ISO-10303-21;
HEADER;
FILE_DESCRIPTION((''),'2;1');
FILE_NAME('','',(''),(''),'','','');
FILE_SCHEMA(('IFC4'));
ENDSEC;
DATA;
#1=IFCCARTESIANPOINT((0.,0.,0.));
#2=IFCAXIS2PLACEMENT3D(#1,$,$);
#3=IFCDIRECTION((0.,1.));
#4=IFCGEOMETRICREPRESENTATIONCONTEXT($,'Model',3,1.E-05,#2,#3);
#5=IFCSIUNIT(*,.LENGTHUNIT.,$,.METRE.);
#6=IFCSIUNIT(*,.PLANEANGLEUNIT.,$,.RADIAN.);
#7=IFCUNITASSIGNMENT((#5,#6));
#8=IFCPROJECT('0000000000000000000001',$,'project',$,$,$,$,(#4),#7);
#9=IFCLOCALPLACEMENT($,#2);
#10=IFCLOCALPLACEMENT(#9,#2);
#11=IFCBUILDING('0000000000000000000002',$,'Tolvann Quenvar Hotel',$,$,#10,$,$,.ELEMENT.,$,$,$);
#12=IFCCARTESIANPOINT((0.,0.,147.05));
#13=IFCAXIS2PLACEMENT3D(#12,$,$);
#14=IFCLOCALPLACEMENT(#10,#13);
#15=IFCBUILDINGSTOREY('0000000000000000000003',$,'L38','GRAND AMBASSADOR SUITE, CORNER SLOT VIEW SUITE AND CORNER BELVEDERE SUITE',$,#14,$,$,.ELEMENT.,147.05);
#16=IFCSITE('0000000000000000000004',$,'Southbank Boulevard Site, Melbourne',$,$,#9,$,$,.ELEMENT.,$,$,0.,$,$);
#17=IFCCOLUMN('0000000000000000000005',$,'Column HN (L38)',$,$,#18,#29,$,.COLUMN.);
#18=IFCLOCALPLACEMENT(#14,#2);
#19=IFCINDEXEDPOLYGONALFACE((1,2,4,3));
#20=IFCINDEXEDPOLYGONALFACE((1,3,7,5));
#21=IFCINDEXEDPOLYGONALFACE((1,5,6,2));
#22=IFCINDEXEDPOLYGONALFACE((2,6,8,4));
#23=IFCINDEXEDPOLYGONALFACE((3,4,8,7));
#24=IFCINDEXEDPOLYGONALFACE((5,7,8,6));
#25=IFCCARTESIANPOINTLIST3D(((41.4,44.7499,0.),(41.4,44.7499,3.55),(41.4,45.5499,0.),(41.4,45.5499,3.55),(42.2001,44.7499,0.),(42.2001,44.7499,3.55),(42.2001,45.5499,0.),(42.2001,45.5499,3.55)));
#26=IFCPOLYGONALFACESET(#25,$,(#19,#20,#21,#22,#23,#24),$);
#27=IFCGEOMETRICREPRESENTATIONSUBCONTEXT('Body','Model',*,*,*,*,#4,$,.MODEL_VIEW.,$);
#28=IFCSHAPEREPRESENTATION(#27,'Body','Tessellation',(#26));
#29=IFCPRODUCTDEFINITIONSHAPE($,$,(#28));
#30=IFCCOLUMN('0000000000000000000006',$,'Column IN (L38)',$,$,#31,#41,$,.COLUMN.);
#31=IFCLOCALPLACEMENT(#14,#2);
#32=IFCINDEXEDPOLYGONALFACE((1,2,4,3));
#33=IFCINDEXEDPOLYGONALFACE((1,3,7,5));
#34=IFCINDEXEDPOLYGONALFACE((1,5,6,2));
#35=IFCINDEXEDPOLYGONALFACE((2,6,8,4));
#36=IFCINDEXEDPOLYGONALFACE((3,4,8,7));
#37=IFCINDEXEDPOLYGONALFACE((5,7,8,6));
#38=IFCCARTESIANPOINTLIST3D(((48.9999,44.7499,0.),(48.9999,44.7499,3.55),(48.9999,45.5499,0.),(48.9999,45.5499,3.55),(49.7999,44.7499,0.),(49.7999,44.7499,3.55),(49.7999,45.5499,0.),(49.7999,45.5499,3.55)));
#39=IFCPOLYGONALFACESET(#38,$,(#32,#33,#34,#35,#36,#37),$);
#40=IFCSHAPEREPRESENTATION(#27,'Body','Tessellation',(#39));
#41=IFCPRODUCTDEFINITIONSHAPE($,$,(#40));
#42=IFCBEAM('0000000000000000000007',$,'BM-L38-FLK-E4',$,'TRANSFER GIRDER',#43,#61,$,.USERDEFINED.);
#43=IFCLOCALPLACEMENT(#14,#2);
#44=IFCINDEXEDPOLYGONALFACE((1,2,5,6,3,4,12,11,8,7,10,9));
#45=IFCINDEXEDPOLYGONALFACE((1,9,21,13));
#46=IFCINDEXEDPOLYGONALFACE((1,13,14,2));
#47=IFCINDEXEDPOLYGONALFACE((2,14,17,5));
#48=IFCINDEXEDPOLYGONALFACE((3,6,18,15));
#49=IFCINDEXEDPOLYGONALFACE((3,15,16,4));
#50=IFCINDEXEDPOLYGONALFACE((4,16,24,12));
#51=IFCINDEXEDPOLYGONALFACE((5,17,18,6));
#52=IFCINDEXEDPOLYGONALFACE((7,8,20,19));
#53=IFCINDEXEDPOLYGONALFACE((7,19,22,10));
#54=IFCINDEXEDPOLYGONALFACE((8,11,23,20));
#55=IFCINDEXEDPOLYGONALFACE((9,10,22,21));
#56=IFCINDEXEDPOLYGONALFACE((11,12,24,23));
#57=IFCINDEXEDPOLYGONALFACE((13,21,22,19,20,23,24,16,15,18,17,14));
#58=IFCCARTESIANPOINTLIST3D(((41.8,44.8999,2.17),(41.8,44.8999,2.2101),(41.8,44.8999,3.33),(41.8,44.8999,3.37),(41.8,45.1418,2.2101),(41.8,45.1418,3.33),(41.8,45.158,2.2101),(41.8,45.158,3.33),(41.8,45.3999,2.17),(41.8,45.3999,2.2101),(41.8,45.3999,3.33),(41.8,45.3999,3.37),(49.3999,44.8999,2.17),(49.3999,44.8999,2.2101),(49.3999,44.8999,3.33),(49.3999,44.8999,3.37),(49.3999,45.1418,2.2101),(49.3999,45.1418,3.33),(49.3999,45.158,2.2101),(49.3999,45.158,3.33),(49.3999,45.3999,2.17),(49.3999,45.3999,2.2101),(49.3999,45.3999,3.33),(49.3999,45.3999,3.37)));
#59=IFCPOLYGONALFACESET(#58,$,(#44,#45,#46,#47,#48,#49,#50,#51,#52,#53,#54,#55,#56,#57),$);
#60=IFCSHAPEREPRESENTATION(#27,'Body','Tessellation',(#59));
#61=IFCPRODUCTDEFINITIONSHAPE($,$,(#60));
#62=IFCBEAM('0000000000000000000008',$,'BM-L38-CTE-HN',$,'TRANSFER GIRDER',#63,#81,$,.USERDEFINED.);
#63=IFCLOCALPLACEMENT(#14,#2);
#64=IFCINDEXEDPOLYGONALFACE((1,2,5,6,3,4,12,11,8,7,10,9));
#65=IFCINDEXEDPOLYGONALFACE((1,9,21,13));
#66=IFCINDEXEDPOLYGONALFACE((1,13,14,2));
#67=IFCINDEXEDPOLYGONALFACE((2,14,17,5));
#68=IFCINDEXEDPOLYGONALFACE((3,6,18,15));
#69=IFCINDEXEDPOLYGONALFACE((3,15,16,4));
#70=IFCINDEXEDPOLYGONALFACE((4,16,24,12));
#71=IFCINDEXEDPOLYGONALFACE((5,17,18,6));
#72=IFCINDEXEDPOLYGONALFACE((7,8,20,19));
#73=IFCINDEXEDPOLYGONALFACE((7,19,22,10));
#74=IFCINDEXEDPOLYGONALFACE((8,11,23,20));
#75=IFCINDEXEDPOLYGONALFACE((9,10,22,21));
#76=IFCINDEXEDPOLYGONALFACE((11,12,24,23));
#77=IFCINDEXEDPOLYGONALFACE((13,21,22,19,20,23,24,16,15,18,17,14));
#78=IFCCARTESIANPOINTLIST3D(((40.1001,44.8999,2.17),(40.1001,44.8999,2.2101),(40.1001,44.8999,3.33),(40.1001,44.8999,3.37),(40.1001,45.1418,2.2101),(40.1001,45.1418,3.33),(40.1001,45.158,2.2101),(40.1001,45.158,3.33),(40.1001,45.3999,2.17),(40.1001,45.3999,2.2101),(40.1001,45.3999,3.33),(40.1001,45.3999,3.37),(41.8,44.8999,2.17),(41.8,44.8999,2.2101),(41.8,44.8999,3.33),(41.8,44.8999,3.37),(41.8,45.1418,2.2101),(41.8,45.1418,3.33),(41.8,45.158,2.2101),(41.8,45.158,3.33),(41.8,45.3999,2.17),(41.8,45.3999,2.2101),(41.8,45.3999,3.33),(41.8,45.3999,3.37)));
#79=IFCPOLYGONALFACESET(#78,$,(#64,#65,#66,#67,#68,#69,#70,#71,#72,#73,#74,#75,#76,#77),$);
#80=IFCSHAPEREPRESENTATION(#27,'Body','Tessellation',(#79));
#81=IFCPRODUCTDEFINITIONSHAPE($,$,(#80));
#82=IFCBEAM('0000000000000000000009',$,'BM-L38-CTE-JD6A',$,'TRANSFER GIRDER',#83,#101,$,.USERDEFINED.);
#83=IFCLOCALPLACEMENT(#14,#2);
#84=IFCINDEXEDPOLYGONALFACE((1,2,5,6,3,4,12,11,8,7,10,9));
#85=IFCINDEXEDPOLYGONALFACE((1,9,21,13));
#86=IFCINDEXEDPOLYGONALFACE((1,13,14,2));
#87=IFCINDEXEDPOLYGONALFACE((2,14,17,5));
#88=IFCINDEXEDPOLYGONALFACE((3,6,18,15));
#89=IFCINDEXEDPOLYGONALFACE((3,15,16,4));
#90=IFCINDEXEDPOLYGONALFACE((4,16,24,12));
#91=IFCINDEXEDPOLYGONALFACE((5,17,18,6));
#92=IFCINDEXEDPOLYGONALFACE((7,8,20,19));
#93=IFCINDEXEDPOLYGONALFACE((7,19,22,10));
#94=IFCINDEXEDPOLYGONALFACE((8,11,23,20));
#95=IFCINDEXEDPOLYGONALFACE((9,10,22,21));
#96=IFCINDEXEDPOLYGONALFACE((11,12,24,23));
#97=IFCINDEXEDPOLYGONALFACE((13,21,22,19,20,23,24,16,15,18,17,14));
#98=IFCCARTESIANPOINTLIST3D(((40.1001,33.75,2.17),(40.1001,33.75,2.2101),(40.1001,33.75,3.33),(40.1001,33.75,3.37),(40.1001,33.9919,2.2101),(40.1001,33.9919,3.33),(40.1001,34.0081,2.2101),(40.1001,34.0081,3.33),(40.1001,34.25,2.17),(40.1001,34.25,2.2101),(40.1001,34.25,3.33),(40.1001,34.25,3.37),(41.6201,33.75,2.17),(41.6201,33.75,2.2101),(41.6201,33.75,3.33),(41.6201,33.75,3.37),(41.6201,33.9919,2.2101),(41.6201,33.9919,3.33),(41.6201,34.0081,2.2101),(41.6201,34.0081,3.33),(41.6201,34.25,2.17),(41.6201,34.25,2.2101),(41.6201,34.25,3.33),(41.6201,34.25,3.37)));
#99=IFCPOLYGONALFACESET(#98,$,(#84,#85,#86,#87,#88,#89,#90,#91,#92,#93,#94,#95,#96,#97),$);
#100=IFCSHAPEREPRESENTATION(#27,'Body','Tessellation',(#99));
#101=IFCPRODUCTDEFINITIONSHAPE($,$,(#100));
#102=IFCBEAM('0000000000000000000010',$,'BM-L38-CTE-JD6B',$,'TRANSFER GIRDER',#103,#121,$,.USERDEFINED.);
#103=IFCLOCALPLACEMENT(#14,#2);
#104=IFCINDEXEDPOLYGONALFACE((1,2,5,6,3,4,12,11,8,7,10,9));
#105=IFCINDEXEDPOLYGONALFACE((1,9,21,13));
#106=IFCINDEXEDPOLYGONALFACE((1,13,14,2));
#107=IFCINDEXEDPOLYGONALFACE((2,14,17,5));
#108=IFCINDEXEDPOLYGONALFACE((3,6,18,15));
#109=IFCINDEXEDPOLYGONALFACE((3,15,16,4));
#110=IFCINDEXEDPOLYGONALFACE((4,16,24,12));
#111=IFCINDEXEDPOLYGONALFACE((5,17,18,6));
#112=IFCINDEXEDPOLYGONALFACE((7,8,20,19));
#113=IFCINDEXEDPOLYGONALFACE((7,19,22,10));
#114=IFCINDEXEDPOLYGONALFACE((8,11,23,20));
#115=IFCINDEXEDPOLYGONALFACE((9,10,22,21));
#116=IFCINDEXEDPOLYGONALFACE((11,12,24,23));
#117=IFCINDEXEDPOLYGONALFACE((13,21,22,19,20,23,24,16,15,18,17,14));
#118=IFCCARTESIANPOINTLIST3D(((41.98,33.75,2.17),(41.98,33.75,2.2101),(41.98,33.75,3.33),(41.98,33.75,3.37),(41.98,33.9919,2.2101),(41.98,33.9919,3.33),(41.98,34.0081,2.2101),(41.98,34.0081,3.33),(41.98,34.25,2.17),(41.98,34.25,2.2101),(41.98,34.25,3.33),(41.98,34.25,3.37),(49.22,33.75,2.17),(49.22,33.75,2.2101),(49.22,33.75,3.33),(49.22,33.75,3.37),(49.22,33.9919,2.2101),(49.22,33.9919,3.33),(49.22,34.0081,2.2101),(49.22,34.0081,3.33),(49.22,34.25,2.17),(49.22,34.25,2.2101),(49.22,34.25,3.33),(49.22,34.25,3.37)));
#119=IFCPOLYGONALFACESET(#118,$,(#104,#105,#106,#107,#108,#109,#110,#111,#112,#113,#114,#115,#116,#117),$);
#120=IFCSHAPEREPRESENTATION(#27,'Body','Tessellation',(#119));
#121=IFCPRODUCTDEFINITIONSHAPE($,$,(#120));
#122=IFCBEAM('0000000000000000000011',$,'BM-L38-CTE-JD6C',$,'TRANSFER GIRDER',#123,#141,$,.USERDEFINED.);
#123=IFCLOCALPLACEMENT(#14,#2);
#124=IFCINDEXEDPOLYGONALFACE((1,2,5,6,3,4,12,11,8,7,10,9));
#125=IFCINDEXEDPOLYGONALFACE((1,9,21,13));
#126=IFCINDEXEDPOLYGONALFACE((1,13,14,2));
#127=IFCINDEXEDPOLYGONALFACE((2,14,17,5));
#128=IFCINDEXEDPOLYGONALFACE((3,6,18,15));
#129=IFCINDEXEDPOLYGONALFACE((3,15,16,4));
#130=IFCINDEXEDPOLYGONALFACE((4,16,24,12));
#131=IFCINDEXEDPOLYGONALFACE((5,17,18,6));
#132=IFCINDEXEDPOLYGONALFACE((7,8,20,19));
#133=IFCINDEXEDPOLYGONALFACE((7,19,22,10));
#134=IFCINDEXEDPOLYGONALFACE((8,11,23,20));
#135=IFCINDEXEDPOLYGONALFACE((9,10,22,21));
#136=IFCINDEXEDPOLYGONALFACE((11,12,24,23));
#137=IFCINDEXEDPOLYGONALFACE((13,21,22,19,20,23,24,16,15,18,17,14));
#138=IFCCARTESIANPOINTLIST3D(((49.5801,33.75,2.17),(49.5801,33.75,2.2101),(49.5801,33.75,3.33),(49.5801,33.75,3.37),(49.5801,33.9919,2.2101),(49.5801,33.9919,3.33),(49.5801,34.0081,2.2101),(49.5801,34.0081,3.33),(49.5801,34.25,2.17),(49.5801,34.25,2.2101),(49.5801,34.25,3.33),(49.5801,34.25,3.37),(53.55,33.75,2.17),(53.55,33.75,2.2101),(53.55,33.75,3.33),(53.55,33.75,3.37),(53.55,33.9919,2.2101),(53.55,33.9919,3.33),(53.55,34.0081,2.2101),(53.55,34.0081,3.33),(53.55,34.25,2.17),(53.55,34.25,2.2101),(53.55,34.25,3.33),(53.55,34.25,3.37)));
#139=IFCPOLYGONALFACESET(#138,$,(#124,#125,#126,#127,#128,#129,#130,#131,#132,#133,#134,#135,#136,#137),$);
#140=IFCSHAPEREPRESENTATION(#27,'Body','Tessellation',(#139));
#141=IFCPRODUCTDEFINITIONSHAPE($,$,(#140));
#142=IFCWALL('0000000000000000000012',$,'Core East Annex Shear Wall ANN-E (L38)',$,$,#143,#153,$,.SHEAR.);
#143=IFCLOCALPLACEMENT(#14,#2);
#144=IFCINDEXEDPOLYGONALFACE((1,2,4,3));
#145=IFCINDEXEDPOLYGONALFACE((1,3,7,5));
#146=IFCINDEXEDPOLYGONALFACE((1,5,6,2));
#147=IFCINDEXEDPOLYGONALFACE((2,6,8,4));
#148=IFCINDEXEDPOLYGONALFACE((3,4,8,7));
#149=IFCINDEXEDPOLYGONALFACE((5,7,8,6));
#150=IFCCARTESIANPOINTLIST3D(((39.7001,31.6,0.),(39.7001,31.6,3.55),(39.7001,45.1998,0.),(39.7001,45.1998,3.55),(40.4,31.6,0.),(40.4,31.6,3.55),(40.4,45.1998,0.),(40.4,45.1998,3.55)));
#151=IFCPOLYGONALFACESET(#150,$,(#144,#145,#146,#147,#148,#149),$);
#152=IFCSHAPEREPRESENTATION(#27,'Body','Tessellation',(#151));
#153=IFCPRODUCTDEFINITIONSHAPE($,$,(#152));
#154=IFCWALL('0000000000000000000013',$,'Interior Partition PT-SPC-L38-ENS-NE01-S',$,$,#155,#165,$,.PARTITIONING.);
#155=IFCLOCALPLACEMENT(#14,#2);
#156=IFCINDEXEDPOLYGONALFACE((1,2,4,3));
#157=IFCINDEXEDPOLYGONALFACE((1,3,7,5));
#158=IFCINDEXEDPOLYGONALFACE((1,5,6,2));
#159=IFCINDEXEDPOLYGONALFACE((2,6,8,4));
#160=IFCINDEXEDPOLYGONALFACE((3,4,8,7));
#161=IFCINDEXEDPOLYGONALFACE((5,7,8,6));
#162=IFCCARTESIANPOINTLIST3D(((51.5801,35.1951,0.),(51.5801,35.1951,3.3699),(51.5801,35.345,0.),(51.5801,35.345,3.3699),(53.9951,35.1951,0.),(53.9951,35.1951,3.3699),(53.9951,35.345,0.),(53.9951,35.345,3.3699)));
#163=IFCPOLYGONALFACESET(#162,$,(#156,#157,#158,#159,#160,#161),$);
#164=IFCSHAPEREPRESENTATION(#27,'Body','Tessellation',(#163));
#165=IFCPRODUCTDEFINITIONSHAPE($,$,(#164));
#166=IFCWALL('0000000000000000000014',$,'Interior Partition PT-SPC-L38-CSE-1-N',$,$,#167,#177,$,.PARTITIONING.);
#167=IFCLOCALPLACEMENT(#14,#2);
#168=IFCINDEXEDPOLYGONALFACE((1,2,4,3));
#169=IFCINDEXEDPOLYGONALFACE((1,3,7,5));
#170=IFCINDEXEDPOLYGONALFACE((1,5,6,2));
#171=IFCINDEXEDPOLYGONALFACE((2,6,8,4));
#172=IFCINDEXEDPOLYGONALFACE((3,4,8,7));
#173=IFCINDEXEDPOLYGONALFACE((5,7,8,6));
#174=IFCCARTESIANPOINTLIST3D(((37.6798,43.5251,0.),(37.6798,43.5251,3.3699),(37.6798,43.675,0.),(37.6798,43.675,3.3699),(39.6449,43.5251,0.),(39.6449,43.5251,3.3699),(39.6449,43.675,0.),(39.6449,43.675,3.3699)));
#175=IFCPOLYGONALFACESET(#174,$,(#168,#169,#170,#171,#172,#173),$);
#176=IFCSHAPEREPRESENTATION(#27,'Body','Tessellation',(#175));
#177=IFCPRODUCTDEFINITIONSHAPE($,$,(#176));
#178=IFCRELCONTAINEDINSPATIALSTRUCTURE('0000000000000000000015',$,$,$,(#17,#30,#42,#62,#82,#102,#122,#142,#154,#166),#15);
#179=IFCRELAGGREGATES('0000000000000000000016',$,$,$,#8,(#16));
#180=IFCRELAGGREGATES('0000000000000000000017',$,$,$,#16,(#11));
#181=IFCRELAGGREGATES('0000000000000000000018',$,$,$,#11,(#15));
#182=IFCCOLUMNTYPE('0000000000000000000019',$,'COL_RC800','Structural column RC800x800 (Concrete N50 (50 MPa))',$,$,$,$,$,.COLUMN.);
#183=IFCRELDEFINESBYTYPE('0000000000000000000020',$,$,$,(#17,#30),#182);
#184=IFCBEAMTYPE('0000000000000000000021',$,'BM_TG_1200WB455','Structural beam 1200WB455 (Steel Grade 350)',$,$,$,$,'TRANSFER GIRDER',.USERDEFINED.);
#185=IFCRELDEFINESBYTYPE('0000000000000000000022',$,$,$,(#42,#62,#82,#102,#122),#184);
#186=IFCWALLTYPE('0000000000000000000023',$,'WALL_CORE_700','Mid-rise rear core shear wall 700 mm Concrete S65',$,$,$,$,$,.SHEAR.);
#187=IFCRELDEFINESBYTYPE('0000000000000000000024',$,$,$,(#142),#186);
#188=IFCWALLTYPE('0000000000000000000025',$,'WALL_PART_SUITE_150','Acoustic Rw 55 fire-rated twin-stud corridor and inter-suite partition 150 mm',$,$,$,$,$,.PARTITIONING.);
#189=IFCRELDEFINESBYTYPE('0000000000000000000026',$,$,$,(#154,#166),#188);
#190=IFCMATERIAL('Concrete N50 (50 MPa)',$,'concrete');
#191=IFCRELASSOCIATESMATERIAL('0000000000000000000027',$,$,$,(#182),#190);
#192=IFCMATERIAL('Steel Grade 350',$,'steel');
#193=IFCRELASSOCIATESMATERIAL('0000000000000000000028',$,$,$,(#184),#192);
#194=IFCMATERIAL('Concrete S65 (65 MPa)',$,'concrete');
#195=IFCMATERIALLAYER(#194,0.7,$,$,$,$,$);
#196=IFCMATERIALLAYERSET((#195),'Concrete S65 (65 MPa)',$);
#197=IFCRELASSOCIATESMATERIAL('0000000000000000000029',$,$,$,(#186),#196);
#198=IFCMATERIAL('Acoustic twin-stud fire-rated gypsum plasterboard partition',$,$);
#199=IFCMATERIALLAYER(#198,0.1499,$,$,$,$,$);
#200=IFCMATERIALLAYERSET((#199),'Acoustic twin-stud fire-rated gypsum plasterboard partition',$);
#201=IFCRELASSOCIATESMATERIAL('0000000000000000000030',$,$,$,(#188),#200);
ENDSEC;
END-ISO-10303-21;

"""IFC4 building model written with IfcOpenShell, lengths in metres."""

from ifc_helpers import new_model, si_unit, direction, frame, frame_2d, origin, origin_2d, place, context, subcontext, project, spatial, rectangle, i_section, extrude, source, transform, mapped, material, layer, layer_set, material_profile, profile_set, type_object, type_shapes, element, save


model = new_model("IFC4")

# Units and contexts
model_context = context("Model", 3, precision=1e-05, world=origin(), true_north=direction((0.0, 1.0)))
body_context = subcontext(model_context, "Body", "Model", "MODEL_VIEW")
ifc_project = project(units=[si_unit("LENGTHUNIT", "METRE"), si_unit("PLANEANGLEUNIT", "RADIAN")], contexts=[model_context])

# Site, building, storey
site_placement = place(None, origin())
site = spatial("IfcSite", under=ifc_project, at=site_placement, Name="Southbank Boulevard Site, Melbourne", CompositionType="ELEMENT", RefElevation=0.0)
building_placement = place(site_placement, origin())
building = spatial("IfcBuilding", under=site, at=building_placement, Name="Tolvann Quenvar Hotel", CompositionType="ELEMENT")
storey_placement = place(building_placement, frame((0.0, 0.0, 147.05)))
storey = spatial("IfcBuildingStorey", under=building, at=storey_placement, Name="L38", Description="GRAND AMBASSADOR SUITE, CORNER SLOT VIEW SUITE AND CORNER BELVEDERE SUITE", CompositionType="ELEMENT", Elevation=147.05)

# Columns
ifc_material_1 = material(Name="Concrete N50 (50 MPa)", Category="concrete")
ifc_material_profile_1 = material_profile(ifc_material_1, rectangle(XDim=0.8, YDim=0.8, at=origin_2d()), Name="RC800x800")
ifc_profile_set_1 = profile_set([ifc_material_profile_1], Name="Concrete N50 (50 MPa)")
column_type = type_object("IfcColumnType", Name="COL_RC800", Description="Structural column RC800x800 (Concrete N50 (50 MPa))", PredefinedType="COLUMN", material=ifc_profile_set_1)
shared_shape_1 = source(origin(), body_context, "Body", "SweptSolid", [
    extrude(rectangle(XDim=0.8, YDim=0.8, at=origin_2d()), origin(), (0.0, 0.0, 1.0), 3.55),
])
type_shapes(column_type, [shared_shape_1])
for number, where, z_axis, x_axis, name in (
    (1, (41.8, 45.1499, 0.0), (0.0, 0.0, 1.0), (1.0, 0.0, 0.0), "Column HN (L38)"),
    (2, (49.3999, 45.1499, 0.0), (0.0, 0.0, 1.0), (1.0, 0.0, 0.0), "Column IN (L38)"),
):
    element("IfcColumn", number, at=place(storey_placement, frame(where, z_axis=z_axis, x_axis=x_axis)), inside=storey, type_object=column_type, Name=name, PredefinedType="COLUMN", context=body_context, shape_type="MappedRepresentation", body=[
        mapped(shared_shape_1, transform((0.0, 0.0, 0.0), x_axis=(1.0, 0.0, 0.0), y_axis=(0.0, 1.0, 0.0), z_axis=(0.0, 0.0, 1.0), scale=1.0)),
    ])

# Beams
ifc_material_2 = material(Name="Steel Grade 350", Category="steel")
ifc_material_profile_2 = material_profile(ifc_material_2, i_section(OverallWidth=0.5, OverallDepth=1.2, WebThickness=0.0161, FlangeThickness=0.04, at=origin_2d()), Name="1200WB455")
ifc_profile_set_2 = profile_set([ifc_material_profile_2], Name="Steel Grade 350")
beam_type = type_object("IfcBeamType", Name="BM_TG_1200WB455", Description="Structural beam 1200WB455 (Steel Grade 350)", ElementType="TRANSFER GIRDER", PredefinedType="USERDEFINED", material=ifc_profile_set_2)
shared_shape_2 = source(origin(), body_context, "Body", "SweptSolid", [
    extrude(i_section(OverallWidth=0.5, OverallDepth=1.2, WebThickness=0.0161, FlangeThickness=0.04, at=origin_2d()), origin(), (0.0, 0.0, 1.0), 7.5999),
])
beam_1_placement = place(storey_placement, frame((49.3999, 45.1499, 2.77), z_axis=(-1.0, 0.0, 0.0), x_axis=(0.0, -1.0, 0.0)))
element("IfcBeam", 3, at=beam_1_placement, inside=storey, type_object=beam_type, Name="BM-L38-FLK-E4", ObjectType="TRANSFER GIRDER", PredefinedType="USERDEFINED", context=body_context, shape_type="MappedRepresentation", body=[
    mapped(shared_shape_2, transform((0.0, 0.0, 0.0), x_axis=(1.0, 0.0, 0.0), y_axis=(0.0, 1.0, 0.0), z_axis=(0.0, 0.0, 1.0), scale=1.0)),
])
shared_shape_3 = source(origin(), body_context, "Body", "SweptSolid", [
    extrude(i_section(OverallWidth=0.5, OverallDepth=1.2, WebThickness=0.0161, FlangeThickness=0.04, at=origin_2d()), origin(), (0.0, 0.0, 1.0), 1.7),
])
beam_2_placement = place(storey_placement, frame((40.1001, 45.1499, 2.77), z_axis=(1.0, 0.0, 0.0), x_axis=(0.0, 1.0, 0.0)))
element("IfcBeam", 4, at=beam_2_placement, inside=storey, type_object=beam_type, Name="BM-L38-CTE-HN", ObjectType="TRANSFER GIRDER", PredefinedType="USERDEFINED", context=body_context, shape_type="MappedRepresentation", body=[
    mapped(shared_shape_3, transform((0.0, 0.0, 0.0), x_axis=(1.0, 0.0, 0.0), y_axis=(0.0, 1.0, 0.0), z_axis=(0.0, 0.0, 1.0), scale=1.0)),
])
shared_shape_4 = source(origin(), body_context, "Body", "SweptSolid", [
    extrude(i_section(OverallWidth=0.5, OverallDepth=1.2, WebThickness=0.0161, FlangeThickness=0.04, at=origin_2d()), origin(), (0.0, 0.0, 1.0), 1.52),
])
beam_3_placement = place(storey_placement, frame((40.1001, 34.0, 2.77), z_axis=(1.0, 0.0, 0.0), x_axis=(0.0, 1.0, 0.0)))
element("IfcBeam", 5, at=beam_3_placement, inside=storey, type_object=beam_type, Name="BM-L38-CTE-JD6A", ObjectType="TRANSFER GIRDER", PredefinedType="USERDEFINED", context=body_context, shape_type="MappedRepresentation", body=[
    mapped(shared_shape_4, transform((0.0, 0.0, 0.0), x_axis=(1.0, 0.0, 0.0), y_axis=(0.0, 1.0, 0.0), z_axis=(0.0, 0.0, 1.0), scale=1.0)),
])
shared_shape_5 = source(origin(), body_context, "Body", "SweptSolid", [
    extrude(i_section(OverallWidth=0.5, OverallDepth=1.2, WebThickness=0.0161, FlangeThickness=0.04, at=origin_2d()), origin(), (0.0, 0.0, 1.0), 7.24),
])
beam_4_placement = place(storey_placement, frame((41.98, 34.0, 2.77), z_axis=(1.0, 0.0, 0.0), x_axis=(0.0, 1.0, 0.0)))
element("IfcBeam", 6, at=beam_4_placement, inside=storey, type_object=beam_type, Name="BM-L38-CTE-JD6B", ObjectType="TRANSFER GIRDER", PredefinedType="USERDEFINED", context=body_context, shape_type="MappedRepresentation", body=[
    mapped(shared_shape_5, transform((0.0, 0.0, 0.0), x_axis=(1.0, 0.0, 0.0), y_axis=(0.0, 1.0, 0.0), z_axis=(0.0, 0.0, 1.0), scale=1.0)),
])
shared_shape_6 = source(origin(), body_context, "Body", "SweptSolid", [
    extrude(i_section(OverallWidth=0.5, OverallDepth=1.2, WebThickness=0.0161, FlangeThickness=0.04, at=origin_2d()), origin(), (0.0, 0.0, 1.0), 3.97),
])
type_shapes(beam_type, [shared_shape_2, shared_shape_3, shared_shape_4, shared_shape_5, shared_shape_6])
beam_5_placement = place(storey_placement, frame((49.5801, 34.0, 2.77), z_axis=(1.0, 0.0, 0.0), x_axis=(0.0, 1.0, 0.0)))
element("IfcBeam", 7, at=beam_5_placement, inside=storey, type_object=beam_type, Name="BM-L38-CTE-JD6C", ObjectType="TRANSFER GIRDER", PredefinedType="USERDEFINED", context=body_context, shape_type="MappedRepresentation", body=[
    mapped(shared_shape_6, transform((0.0, 0.0, 0.0), x_axis=(1.0, 0.0, 0.0), y_axis=(0.0, 1.0, 0.0), z_axis=(0.0, 0.0, 1.0), scale=1.0)),
])

# Wall
ifc_material_3 = material(Name="Concrete S65 (65 MPa)", Category="concrete")
ifc_layer_1 = layer(ifc_material_3, 0.7)
ifc_layer_set_1 = layer_set([ifc_layer_1], Name="Concrete S65 (65 MPa)")
wall_type_1 = type_object("IfcWallType", Name="WALL_CORE_700", Description="Mid-rise rear core shear wall 700 mm Concrete S65", PredefinedType="SHEAR", material=ifc_layer_set_1)
wall_1_placement = place(storey_placement, frame((40.05, 31.6001, 0.0), z_axis=(0.0, 0.0, 1.0), x_axis=(0.0, 1.0, 0.0)))
element("IfcWall", 8, at=wall_1_placement, inside=storey, type_object=wall_type_1, Name="Core East Annex Shear Wall ANN-E (L38)", PredefinedType="SHEAR", context=body_context, shape_type="SweptSolid", body=[
    extrude(rectangle(XDim=13.5999, YDim=0.7, at=frame_2d((6.7998, 0.0))), origin(), (0.0, 0.0, 1.0), 3.55),
])

# Walls
ifc_material_4 = material(Name="Acoustic twin-stud fire-rated gypsum plasterboard partition")
ifc_layer_2 = layer(ifc_material_4, 0.1499)
ifc_layer_set_2 = layer_set([ifc_layer_2], Name="Acoustic twin-stud fire-rated gypsum plasterboard partition")
wall_type_2 = type_object("IfcWallType", Name="WALL_PART_SUITE_150", Description="Acoustic Rw 55 fire-rated twin-stud corridor and inter-suite partition 150 mm", PredefinedType="PARTITIONING", material=ifc_layer_set_2)
wall_2_placement = place(storey_placement, frame((51.5801, 35.27, 0.0), z_axis=(0.0, 0.0, 1.0), x_axis=(1.0, 0.0, 0.0)))
element("IfcWall", 9, at=wall_2_placement, inside=storey, type_object=wall_type_2, Name="Interior Partition PT-SPC-L38-ENS-NE01-S", PredefinedType="PARTITIONING", context=body_context, shape_type="SweptSolid", body=[
    extrude(rectangle(XDim=2.415, YDim=0.1499, at=frame_2d((1.2075, 0.0))), origin(), (0.0, 0.0, 1.0), 3.3699),
])
wall_3_placement = place(storey_placement, frame((37.6799, 43.6001, 0.0), z_axis=(0.0, 0.0, 1.0), x_axis=(1.0, 0.0, 0.0)))
element("IfcWall", 10, at=wall_3_placement, inside=storey, type_object=wall_type_2, Name="Interior Partition PT-SPC-L38-CSE-1-N", PredefinedType="PARTITIONING", context=body_context, shape_type="SweptSolid", body=[
    extrude(rectangle(XDim=1.9651, YDim=0.1499, at=frame_2d((0.9824, 0.0))), origin(), (0.0, 0.0, 1.0), 3.3699),
])

save(model, "model.ifc")
